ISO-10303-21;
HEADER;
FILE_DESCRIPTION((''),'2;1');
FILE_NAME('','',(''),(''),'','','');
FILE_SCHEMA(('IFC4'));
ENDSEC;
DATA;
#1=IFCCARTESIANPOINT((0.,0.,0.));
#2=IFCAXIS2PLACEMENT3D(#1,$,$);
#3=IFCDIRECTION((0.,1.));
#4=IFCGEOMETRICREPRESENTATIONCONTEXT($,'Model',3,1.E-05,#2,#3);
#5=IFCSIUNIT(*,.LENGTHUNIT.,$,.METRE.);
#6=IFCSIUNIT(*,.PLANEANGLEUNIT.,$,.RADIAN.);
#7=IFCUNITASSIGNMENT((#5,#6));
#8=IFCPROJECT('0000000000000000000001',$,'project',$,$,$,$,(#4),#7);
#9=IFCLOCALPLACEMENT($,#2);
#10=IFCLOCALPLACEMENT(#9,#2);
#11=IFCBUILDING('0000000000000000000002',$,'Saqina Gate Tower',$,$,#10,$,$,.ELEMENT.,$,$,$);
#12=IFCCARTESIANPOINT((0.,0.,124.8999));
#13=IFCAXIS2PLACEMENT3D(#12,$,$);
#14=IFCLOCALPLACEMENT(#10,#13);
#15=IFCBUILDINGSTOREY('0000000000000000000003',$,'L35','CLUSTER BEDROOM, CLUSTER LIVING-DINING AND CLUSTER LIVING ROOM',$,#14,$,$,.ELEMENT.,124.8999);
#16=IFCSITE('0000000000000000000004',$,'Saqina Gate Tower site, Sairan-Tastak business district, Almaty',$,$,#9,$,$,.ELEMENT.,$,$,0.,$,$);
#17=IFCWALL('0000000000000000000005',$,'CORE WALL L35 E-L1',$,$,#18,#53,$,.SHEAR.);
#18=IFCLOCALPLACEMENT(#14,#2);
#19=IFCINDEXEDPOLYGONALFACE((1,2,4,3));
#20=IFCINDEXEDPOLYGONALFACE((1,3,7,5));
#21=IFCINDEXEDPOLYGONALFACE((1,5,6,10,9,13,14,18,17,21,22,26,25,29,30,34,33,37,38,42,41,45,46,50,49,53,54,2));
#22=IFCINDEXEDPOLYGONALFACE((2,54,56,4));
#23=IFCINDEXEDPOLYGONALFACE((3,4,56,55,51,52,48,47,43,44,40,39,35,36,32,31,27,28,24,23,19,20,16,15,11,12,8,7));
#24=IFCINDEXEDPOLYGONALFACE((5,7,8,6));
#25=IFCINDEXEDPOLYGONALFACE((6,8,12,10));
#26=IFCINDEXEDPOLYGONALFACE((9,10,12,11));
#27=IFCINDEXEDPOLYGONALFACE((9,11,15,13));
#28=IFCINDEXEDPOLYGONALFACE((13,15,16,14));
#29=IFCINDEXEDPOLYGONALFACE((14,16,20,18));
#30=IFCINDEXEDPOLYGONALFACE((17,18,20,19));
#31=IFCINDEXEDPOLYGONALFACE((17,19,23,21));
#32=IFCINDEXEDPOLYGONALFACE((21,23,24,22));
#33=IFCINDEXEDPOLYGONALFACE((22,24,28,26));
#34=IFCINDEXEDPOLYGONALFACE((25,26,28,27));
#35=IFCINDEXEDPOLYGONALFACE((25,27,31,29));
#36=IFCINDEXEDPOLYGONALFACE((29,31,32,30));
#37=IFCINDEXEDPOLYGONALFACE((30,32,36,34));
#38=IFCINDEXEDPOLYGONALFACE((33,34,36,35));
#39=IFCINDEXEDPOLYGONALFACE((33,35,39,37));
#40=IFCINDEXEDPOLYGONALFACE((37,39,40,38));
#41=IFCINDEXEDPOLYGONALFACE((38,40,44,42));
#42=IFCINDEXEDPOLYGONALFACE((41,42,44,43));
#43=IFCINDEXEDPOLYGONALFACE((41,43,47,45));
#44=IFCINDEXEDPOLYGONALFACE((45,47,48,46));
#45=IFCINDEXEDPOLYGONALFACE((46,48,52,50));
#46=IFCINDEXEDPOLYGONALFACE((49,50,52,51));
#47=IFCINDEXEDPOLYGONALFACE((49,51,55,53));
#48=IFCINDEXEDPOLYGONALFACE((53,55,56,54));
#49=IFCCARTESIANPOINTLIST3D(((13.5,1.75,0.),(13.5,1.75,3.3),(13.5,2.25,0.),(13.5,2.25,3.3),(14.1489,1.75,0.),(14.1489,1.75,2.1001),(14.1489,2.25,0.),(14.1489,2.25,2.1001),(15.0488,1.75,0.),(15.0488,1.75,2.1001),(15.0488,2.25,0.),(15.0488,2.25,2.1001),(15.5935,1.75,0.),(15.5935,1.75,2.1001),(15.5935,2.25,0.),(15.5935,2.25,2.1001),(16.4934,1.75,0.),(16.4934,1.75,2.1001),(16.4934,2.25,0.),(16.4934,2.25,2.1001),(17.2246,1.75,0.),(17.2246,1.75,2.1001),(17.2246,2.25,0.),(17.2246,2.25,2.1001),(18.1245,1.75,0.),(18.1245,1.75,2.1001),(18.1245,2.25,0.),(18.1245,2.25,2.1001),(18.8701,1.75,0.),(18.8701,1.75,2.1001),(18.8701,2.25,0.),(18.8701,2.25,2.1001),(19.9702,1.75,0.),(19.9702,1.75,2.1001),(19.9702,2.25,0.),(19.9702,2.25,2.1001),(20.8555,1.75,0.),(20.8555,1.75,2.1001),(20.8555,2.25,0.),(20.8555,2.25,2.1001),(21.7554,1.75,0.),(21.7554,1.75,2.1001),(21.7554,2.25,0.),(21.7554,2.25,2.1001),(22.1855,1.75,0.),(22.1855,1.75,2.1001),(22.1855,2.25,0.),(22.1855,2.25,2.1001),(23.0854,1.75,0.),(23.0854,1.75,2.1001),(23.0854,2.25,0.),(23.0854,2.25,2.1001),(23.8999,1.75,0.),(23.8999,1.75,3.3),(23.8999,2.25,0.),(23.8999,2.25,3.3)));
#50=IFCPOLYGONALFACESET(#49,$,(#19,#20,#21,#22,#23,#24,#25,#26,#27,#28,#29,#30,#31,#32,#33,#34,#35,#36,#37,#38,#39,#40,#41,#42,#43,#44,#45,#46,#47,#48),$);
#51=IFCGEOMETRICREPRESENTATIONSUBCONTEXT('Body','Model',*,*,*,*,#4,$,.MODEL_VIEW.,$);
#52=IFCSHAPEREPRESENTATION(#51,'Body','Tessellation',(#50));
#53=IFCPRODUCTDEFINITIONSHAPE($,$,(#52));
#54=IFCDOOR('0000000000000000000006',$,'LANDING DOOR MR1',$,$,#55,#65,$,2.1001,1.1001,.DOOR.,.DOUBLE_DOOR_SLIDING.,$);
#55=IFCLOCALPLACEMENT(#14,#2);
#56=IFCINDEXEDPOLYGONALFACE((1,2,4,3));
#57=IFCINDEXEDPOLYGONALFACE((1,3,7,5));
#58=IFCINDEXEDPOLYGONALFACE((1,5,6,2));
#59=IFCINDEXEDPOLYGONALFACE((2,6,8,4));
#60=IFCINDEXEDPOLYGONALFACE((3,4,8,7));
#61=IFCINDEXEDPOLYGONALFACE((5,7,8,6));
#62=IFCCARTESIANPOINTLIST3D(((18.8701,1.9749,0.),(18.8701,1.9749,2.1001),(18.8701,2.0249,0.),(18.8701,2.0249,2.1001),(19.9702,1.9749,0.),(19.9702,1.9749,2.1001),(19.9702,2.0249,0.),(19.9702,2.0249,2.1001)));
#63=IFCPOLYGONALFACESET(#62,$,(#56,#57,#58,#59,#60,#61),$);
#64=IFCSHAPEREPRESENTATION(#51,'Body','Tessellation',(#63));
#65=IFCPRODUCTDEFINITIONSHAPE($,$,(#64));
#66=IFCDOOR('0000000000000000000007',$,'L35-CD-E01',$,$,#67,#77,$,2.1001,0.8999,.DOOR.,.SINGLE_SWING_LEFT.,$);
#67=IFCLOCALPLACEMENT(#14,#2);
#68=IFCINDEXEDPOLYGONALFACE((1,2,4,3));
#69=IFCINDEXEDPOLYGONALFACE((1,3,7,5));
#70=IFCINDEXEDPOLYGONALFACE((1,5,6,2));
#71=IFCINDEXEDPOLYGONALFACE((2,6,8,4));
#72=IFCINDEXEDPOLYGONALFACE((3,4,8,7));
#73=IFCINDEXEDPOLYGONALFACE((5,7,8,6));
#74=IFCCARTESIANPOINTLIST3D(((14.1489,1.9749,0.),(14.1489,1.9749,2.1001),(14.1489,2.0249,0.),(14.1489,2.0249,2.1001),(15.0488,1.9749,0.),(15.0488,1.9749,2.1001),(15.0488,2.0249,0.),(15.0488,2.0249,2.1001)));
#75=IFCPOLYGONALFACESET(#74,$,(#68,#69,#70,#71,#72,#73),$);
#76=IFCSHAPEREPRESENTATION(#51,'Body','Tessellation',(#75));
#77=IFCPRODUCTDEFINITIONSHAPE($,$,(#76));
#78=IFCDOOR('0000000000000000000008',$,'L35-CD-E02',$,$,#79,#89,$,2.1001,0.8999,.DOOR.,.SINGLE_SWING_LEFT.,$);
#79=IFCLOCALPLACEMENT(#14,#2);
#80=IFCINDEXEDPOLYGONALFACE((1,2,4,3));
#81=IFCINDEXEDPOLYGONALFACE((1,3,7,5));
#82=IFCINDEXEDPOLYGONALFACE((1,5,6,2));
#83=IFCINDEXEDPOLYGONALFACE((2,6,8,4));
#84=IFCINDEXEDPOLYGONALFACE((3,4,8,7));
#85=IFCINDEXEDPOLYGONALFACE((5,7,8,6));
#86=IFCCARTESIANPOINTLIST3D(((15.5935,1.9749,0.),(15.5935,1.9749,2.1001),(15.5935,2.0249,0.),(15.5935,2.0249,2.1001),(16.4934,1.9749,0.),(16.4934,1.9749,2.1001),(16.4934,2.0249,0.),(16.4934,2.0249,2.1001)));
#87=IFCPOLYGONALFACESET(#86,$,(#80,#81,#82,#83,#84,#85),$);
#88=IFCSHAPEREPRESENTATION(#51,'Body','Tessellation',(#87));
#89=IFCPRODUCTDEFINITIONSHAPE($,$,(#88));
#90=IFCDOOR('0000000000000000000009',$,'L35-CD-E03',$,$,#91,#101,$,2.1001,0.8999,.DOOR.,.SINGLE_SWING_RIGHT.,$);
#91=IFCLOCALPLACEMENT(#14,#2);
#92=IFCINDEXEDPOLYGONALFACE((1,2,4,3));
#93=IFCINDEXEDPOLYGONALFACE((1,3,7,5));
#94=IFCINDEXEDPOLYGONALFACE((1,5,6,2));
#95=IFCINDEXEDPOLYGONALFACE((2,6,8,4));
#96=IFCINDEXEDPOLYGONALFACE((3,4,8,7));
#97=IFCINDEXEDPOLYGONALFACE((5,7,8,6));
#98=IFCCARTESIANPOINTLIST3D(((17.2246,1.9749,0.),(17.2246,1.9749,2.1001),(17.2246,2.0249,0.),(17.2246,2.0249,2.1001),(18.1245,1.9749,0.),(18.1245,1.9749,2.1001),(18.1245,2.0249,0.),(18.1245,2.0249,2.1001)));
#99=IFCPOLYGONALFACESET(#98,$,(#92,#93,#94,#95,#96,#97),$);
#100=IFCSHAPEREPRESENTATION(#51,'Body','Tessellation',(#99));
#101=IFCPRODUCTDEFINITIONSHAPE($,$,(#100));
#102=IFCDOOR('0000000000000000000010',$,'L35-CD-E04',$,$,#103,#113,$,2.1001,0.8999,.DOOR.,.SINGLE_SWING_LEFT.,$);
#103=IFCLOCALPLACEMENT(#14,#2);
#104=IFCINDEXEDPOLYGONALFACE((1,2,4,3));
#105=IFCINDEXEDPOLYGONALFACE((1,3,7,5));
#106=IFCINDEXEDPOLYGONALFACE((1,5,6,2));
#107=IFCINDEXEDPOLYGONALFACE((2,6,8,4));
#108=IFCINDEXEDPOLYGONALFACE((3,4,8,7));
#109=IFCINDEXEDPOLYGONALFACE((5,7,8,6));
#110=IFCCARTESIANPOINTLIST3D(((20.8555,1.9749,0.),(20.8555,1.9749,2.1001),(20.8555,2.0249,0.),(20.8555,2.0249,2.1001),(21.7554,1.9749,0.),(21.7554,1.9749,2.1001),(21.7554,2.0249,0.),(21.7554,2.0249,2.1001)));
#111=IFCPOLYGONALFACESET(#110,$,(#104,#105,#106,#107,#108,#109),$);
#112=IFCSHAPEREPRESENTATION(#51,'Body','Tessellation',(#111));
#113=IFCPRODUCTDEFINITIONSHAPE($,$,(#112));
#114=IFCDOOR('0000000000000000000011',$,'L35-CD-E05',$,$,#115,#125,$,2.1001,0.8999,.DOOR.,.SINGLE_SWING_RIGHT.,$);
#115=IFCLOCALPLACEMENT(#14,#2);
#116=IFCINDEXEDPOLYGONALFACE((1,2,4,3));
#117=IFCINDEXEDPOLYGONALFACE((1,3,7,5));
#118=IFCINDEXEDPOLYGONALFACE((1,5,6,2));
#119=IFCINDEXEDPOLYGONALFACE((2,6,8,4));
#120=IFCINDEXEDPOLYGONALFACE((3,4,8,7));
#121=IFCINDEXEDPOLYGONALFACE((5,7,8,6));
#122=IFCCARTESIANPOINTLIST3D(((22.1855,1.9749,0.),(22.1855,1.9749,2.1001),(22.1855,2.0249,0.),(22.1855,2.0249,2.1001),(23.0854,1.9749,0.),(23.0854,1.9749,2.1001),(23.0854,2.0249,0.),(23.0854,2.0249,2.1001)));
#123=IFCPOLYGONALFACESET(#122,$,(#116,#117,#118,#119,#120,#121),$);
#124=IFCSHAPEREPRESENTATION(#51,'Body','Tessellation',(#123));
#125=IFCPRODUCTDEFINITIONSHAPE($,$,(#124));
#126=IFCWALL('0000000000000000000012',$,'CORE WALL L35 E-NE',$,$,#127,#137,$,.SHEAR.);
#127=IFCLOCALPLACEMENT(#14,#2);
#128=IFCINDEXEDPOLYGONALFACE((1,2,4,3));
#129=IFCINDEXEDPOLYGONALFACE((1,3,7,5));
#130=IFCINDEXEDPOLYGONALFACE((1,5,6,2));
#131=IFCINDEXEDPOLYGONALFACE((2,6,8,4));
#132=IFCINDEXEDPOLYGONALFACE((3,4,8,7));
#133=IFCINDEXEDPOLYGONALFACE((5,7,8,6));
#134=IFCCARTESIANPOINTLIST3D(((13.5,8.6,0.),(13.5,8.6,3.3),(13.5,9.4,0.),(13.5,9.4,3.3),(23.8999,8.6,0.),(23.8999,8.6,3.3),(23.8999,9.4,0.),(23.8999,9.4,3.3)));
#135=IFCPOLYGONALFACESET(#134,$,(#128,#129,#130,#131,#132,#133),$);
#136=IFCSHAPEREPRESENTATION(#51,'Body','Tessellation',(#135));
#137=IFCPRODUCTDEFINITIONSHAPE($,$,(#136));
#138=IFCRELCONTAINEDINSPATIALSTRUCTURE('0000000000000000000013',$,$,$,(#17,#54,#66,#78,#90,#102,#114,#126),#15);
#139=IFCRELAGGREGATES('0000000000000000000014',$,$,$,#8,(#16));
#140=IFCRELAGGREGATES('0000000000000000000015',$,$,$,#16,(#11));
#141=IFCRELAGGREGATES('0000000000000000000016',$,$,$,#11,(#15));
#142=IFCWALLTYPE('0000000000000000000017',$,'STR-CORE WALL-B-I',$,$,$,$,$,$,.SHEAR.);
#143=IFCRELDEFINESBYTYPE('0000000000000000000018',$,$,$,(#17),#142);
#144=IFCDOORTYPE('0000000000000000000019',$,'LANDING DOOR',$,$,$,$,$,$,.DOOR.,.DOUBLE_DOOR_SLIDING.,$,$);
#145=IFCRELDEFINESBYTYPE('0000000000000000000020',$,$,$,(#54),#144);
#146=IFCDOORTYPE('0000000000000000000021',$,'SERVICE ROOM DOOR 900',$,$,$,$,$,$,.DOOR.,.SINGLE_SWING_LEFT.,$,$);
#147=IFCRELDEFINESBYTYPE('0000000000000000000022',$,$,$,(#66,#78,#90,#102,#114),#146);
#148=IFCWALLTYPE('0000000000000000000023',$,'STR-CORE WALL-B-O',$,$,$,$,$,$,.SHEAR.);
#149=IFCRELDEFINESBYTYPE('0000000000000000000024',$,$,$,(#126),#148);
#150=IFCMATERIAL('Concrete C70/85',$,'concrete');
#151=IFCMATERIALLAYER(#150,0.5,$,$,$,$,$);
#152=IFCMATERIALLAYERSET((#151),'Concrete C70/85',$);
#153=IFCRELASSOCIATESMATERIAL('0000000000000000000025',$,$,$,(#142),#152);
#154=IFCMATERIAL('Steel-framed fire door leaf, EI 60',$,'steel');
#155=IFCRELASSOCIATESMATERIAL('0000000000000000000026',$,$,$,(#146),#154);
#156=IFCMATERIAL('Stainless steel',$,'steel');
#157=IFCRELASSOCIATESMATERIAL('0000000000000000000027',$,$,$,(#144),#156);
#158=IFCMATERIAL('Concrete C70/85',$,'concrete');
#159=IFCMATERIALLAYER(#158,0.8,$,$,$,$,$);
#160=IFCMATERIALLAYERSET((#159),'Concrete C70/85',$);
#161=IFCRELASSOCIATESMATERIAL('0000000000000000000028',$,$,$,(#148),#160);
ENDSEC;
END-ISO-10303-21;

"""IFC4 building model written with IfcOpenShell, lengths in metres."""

from ifc_helpers import new_model, si_unit, direction, frame, frame_2d, origin, place, context, subcontext, project, spatial, rectangle, extrude, material, layer, layer_set, type_object, element, fill, save


model = new_model("IFC4")

# Units and contexts
model_context = context("Model", 3, precision=1e-05, world=origin(), true_north=direction((0.0, 1.0)))
body_context = subcontext(model_context, "Body", "Model", "MODEL_VIEW")
ifc_project = project(units=[si_unit("LENGTHUNIT", "METRE"), si_unit("PLANEANGLEUNIT", "RADIAN")], contexts=[model_context])

# Site, building, storey
site_placement = place(None, origin())
site = spatial("IfcSite", under=ifc_project, at=site_placement, Name="Saqina Gate Tower site, Sairan-Tastak business district, Almaty", CompositionType="ELEMENT", RefElevation=0.0)
building_placement = place(site_placement, origin())
building = spatial("IfcBuilding", under=site, at=building_placement, Name="Saqina Gate Tower", CompositionType="ELEMENT")
storey_placement = place(building_placement, frame((0.0, 0.0, 124.8999)))
storey = spatial("IfcBuildingStorey", under=building, at=storey_placement, Name="L35", Description="CLUSTER BEDROOM, CLUSTER LIVING-DINING AND CLUSTER LIVING ROOM", CompositionType="ELEMENT", Elevation=124.8999)

# Shared definitions
ifc_material_1 = material(Name="Concrete C70/85", Category="concrete")
ifc_layer_1 = layer(ifc_material_1, 0.5)
ifc_layer_set_1 = layer_set([ifc_layer_1], Name="Concrete C70/85")
wall_type_1 = type_object("IfcWallType", Name="STR-CORE WALL-B-I", PredefinedType="SHEAR", material=ifc_layer_set_1)
ifc_material_2 = material(Name="Steel-framed fire door leaf, EI 60", Category="steel")
door_type_1 = type_object("IfcDoorType", Name="SERVICE ROOM DOOR 900", OperationType="SINGLE_SWING_LEFT", PredefinedType="DOOR", material=ifc_material_2)

# Wall, openings, doors
wall_1_placement = place(storey_placement, frame((13.5, 2.0, 0.0), z_axis=(0.0, 0.0, 1.0), x_axis=(1.0, 0.0, 0.0)))
wall_1 = element("IfcWall", 1, at=wall_1_placement, inside=storey, type_object=wall_type_1, Name="CORE WALL L35 E-L1", PredefinedType="SHEAR", context=body_context, shape_type="SweptSolid", body=[
    extrude(rectangle(XDim=10.3999, YDim=0.5, at=frame_2d((5.2, 0.0))), origin(), (0.0, 0.0, 1.0), 3.3),
])
opening_1_placement = place(wall_1_placement, frame((5.3701, 0.0, 0.0)))
opening_1 = element("IfcOpeningElement", 2, at=opening_1_placement, cuts=wall_1, PredefinedType="OPENING", context=body_context, shape_type="SweptSolid", body=[
    extrude(rectangle(XDim=1.1001, YDim=2.1001, at=frame_2d((0.55, 1.05))), frame((0.0, 0.262, 0.0), z_axis=(0.0, -1.0, 0.0), x_axis=(1.0, 0.0, 0.0)), (0.0, 0.0, 1.0), 0.5239),
])
opening_2_placement = place(wall_1_placement, frame((0.6489, 0.0, 0.0)))
opening_2 = element("IfcOpeningElement", 3, at=opening_2_placement, cuts=wall_1, PredefinedType="OPENING", context=body_context, shape_type="SweptSolid", body=[
    extrude(rectangle(XDim=0.8999, YDim=2.1001, at=frame_2d((0.45, 1.05))), frame((0.0, 0.262, 0.0), z_axis=(0.0, -1.0, 0.0), x_axis=(1.0, 0.0, 0.0)), (0.0, 0.0, 1.0), 0.5239),
])
opening_3_placement = place(wall_1_placement, frame((2.0935, 0.0, 0.0)))
opening_3 = element("IfcOpeningElement", 4, at=opening_3_placement, cuts=wall_1, PredefinedType="OPENING", context=body_context, shape_type="SweptSolid", body=[
    extrude(rectangle(XDim=0.8999, YDim=2.1001, at=frame_2d((0.45, 1.05))), frame((0.0, 0.262, 0.0), z_axis=(0.0, -1.0, 0.0), x_axis=(1.0, 0.0, 0.0)), (0.0, 0.0, 1.0), 0.5239),
])
opening_4_placement = place(wall_1_placement, frame((3.7246, 0.0, 0.0)))
opening_4 = element("IfcOpeningElement", 5, at=opening_4_placement, cuts=wall_1, PredefinedType="OPENING", context=body_context, shape_type="SweptSolid", body=[
    extrude(rectangle(XDim=0.8999, YDim=2.1001, at=frame_2d((0.45, 1.05))), frame((0.0, 0.262, 0.0), z_axis=(0.0, -1.0, 0.0), x_axis=(1.0, 0.0, 0.0)), (0.0, 0.0, 1.0), 0.5239),
])
opening_5_placement = place(wall_1_placement, frame((7.3555, 0.0, 0.0)))
opening_5 = element("IfcOpeningElement", 6, at=opening_5_placement, cuts=wall_1, PredefinedType="OPENING", context=body_context, shape_type="SweptSolid", body=[
    extrude(rectangle(XDim=0.8999, YDim=2.1001, at=frame_2d((0.45, 1.05))), frame((0.0, 0.262, 0.0), z_axis=(0.0, -1.0, 0.0), x_axis=(1.0, 0.0, 0.0)), (0.0, 0.0, 1.0), 0.5239),
])
opening_6_placement = place(wall_1_placement, frame((8.6855, 0.0, 0.0)))
opening_6 = element("IfcOpeningElement", 7, at=opening_6_placement, cuts=wall_1, PredefinedType="OPENING", context=body_context, shape_type="SweptSolid", body=[
    extrude(rectangle(XDim=0.8999, YDim=2.1001, at=frame_2d((0.45, 1.05))), frame((0.0, 0.262, 0.0), z_axis=(0.0, -1.0, 0.0), x_axis=(1.0, 0.0, 0.0)), (0.0, 0.0, 1.0), 0.5239),
])
ifc_material_3 = material(Name="Stainless steel", Category="steel")
door_type_2 = type_object("IfcDoorType", Name="LANDING DOOR", OperationType="DOUBLE_DOOR_SLIDING", PredefinedType="DOOR", material=ifc_material_3)
door_1_placement = place(opening_1_placement, origin())
door_1 = element("IfcDoor", 8, at=door_1_placement, inside=storey, type_object=door_type_2, Name="LANDING DOOR MR1", OperationType="DOUBLE_DOOR_SLIDING", OverallHeight=2.1001, OverallWidth=1.1001, PredefinedType="DOOR", context=body_context, shape_type="SweptSolid", body=[
    extrude(rectangle(XDim=1.1001, YDim=2.1001, at=frame_2d((0.55, 1.05))), frame((0.0, 0.0249, 0.0), z_axis=(0.0, -1.0, 0.0), x_axis=(1.0, 0.0, 0.0)), (0.0, 0.0, 1.0), 0.05),
])
fill(opening_1, door_1)
door_2_placement = place(opening_2_placement, origin())
door_2 = element("IfcDoor", 9, at=door_2_placement, inside=storey, type_object=door_type_1, Name="L35-CD-E01", OperationType="SINGLE_SWING_LEFT", OverallHeight=2.1001, OverallWidth=0.8999, PredefinedType="DOOR", context=body_context, shape_type="SweptSolid", body=[
    extrude(rectangle(XDim=0.8999, YDim=2.1001, at=frame_2d((0.45, 1.05))), frame((0.0, 0.0249, 0.0), z_axis=(0.0, -1.0, 0.0), x_axis=(1.0, 0.0, 0.0)), (0.0, 0.0, 1.0), 0.05),
])
fill(opening_2, door_2)
door_3_placement = place(opening_3_placement, origin())
door_3 = element("IfcDoor", 10, at=door_3_placement, inside=storey, type_object=door_type_1, Name="L35-CD-E02", OperationType="SINGLE_SWING_LEFT", OverallHeight=2.1001, OverallWidth=0.8999, PredefinedType="DOOR", context=body_context, shape_type="SweptSolid", body=[
    extrude(rectangle(XDim=0.8999, YDim=2.1001, at=frame_2d((0.45, 1.05))), frame((0.0, 0.0249, 0.0), z_axis=(0.0, -1.0, 0.0), x_axis=(1.0, 0.0, 0.0)), (0.0, 0.0, 1.0), 0.05),
])
fill(opening_3, door_3)
door_4_placement = place(opening_4_placement, origin())
door_4 = element("IfcDoor", 11, at=door_4_placement, inside=storey, type_object=door_type_1, Name="L35-CD-E03", OperationType="SINGLE_SWING_RIGHT", OverallHeight=2.1001, OverallWidth=0.8999, PredefinedType="DOOR", context=body_context, shape_type="SweptSolid", body=[
    extrude(rectangle(XDim=0.8999, YDim=2.1001, at=frame_2d((0.45, 1.05))), frame((0.0, 0.0249, 0.0), z_axis=(0.0, -1.0, 0.0), x_axis=(1.0, 0.0, 0.0)), (0.0, 0.0, 1.0), 0.05),
])
fill(opening_4, door_4)
door_5_placement = place(opening_5_placement, origin())
door_5 = element("IfcDoor", 12, at=door_5_placement, inside=storey, type_object=door_type_1, Name="L35-CD-E04", OperationType="SINGLE_SWING_LEFT", OverallHeight=2.1001, OverallWidth=0.8999, PredefinedType="DOOR", context=body_context, shape_type="SweptSolid", body=[
    extrude(rectangle(XDim=0.8999, YDim=2.1001, at=frame_2d((0.45, 1.05))), frame((0.0, 0.0249, 0.0), z_axis=(0.0, -1.0, 0.0), x_axis=(1.0, 0.0, 0.0)), (0.0, 0.0, 1.0), 0.05),
])
fill(opening_5, door_5)
door_6_placement = place(opening_6_placement, origin())
door_6 = element("IfcDoor", 13, at=door_6_placement, inside=storey, type_object=door_type_1, Name="L35-CD-E05", OperationType="SINGLE_SWING_RIGHT", OverallHeight=2.1001, OverallWidth=0.8999, PredefinedType="DOOR", context=body_context, shape_type="SweptSolid", body=[
    extrude(rectangle(XDim=0.8999, YDim=2.1001, at=frame_2d((0.45, 1.05))), frame((0.0, 0.0249, 0.0), z_axis=(0.0, -1.0, 0.0), x_axis=(1.0, 0.0, 0.0)), (0.0, 0.0, 1.0), 0.05),
])
fill(opening_6, door_6)

# Wall
ifc_material_4 = material(Name="Concrete C70/85", Category="concrete")
ifc_layer_2 = layer(ifc_material_4, 0.8)
ifc_layer_set_2 = layer_set([ifc_layer_2], Name="Concrete C70/85")
wall_type_2 = type_object("IfcWallType", Name="STR-CORE WALL-B-O", PredefinedType="SHEAR", material=ifc_layer_set_2)
wall_2_placement = place(storey_placement, frame((13.5, 9.0, 0.0), z_axis=(0.0, 0.0, 1.0), x_axis=(1.0, 0.0, 0.0)))
element("IfcWall", 14, at=wall_2_placement, inside=storey, type_object=wall_type_2, Name="CORE WALL L35 E-NE", PredefinedType="SHEAR", context=body_context, shape_type="SweptSolid", body=[
    extrude(rectangle(XDim=10.3999, YDim=0.8, at=frame_2d((5.2, 0.0))), origin(), (0.0, 0.0, 1.0), 3.3),
])

save(model, "model.ifc")
